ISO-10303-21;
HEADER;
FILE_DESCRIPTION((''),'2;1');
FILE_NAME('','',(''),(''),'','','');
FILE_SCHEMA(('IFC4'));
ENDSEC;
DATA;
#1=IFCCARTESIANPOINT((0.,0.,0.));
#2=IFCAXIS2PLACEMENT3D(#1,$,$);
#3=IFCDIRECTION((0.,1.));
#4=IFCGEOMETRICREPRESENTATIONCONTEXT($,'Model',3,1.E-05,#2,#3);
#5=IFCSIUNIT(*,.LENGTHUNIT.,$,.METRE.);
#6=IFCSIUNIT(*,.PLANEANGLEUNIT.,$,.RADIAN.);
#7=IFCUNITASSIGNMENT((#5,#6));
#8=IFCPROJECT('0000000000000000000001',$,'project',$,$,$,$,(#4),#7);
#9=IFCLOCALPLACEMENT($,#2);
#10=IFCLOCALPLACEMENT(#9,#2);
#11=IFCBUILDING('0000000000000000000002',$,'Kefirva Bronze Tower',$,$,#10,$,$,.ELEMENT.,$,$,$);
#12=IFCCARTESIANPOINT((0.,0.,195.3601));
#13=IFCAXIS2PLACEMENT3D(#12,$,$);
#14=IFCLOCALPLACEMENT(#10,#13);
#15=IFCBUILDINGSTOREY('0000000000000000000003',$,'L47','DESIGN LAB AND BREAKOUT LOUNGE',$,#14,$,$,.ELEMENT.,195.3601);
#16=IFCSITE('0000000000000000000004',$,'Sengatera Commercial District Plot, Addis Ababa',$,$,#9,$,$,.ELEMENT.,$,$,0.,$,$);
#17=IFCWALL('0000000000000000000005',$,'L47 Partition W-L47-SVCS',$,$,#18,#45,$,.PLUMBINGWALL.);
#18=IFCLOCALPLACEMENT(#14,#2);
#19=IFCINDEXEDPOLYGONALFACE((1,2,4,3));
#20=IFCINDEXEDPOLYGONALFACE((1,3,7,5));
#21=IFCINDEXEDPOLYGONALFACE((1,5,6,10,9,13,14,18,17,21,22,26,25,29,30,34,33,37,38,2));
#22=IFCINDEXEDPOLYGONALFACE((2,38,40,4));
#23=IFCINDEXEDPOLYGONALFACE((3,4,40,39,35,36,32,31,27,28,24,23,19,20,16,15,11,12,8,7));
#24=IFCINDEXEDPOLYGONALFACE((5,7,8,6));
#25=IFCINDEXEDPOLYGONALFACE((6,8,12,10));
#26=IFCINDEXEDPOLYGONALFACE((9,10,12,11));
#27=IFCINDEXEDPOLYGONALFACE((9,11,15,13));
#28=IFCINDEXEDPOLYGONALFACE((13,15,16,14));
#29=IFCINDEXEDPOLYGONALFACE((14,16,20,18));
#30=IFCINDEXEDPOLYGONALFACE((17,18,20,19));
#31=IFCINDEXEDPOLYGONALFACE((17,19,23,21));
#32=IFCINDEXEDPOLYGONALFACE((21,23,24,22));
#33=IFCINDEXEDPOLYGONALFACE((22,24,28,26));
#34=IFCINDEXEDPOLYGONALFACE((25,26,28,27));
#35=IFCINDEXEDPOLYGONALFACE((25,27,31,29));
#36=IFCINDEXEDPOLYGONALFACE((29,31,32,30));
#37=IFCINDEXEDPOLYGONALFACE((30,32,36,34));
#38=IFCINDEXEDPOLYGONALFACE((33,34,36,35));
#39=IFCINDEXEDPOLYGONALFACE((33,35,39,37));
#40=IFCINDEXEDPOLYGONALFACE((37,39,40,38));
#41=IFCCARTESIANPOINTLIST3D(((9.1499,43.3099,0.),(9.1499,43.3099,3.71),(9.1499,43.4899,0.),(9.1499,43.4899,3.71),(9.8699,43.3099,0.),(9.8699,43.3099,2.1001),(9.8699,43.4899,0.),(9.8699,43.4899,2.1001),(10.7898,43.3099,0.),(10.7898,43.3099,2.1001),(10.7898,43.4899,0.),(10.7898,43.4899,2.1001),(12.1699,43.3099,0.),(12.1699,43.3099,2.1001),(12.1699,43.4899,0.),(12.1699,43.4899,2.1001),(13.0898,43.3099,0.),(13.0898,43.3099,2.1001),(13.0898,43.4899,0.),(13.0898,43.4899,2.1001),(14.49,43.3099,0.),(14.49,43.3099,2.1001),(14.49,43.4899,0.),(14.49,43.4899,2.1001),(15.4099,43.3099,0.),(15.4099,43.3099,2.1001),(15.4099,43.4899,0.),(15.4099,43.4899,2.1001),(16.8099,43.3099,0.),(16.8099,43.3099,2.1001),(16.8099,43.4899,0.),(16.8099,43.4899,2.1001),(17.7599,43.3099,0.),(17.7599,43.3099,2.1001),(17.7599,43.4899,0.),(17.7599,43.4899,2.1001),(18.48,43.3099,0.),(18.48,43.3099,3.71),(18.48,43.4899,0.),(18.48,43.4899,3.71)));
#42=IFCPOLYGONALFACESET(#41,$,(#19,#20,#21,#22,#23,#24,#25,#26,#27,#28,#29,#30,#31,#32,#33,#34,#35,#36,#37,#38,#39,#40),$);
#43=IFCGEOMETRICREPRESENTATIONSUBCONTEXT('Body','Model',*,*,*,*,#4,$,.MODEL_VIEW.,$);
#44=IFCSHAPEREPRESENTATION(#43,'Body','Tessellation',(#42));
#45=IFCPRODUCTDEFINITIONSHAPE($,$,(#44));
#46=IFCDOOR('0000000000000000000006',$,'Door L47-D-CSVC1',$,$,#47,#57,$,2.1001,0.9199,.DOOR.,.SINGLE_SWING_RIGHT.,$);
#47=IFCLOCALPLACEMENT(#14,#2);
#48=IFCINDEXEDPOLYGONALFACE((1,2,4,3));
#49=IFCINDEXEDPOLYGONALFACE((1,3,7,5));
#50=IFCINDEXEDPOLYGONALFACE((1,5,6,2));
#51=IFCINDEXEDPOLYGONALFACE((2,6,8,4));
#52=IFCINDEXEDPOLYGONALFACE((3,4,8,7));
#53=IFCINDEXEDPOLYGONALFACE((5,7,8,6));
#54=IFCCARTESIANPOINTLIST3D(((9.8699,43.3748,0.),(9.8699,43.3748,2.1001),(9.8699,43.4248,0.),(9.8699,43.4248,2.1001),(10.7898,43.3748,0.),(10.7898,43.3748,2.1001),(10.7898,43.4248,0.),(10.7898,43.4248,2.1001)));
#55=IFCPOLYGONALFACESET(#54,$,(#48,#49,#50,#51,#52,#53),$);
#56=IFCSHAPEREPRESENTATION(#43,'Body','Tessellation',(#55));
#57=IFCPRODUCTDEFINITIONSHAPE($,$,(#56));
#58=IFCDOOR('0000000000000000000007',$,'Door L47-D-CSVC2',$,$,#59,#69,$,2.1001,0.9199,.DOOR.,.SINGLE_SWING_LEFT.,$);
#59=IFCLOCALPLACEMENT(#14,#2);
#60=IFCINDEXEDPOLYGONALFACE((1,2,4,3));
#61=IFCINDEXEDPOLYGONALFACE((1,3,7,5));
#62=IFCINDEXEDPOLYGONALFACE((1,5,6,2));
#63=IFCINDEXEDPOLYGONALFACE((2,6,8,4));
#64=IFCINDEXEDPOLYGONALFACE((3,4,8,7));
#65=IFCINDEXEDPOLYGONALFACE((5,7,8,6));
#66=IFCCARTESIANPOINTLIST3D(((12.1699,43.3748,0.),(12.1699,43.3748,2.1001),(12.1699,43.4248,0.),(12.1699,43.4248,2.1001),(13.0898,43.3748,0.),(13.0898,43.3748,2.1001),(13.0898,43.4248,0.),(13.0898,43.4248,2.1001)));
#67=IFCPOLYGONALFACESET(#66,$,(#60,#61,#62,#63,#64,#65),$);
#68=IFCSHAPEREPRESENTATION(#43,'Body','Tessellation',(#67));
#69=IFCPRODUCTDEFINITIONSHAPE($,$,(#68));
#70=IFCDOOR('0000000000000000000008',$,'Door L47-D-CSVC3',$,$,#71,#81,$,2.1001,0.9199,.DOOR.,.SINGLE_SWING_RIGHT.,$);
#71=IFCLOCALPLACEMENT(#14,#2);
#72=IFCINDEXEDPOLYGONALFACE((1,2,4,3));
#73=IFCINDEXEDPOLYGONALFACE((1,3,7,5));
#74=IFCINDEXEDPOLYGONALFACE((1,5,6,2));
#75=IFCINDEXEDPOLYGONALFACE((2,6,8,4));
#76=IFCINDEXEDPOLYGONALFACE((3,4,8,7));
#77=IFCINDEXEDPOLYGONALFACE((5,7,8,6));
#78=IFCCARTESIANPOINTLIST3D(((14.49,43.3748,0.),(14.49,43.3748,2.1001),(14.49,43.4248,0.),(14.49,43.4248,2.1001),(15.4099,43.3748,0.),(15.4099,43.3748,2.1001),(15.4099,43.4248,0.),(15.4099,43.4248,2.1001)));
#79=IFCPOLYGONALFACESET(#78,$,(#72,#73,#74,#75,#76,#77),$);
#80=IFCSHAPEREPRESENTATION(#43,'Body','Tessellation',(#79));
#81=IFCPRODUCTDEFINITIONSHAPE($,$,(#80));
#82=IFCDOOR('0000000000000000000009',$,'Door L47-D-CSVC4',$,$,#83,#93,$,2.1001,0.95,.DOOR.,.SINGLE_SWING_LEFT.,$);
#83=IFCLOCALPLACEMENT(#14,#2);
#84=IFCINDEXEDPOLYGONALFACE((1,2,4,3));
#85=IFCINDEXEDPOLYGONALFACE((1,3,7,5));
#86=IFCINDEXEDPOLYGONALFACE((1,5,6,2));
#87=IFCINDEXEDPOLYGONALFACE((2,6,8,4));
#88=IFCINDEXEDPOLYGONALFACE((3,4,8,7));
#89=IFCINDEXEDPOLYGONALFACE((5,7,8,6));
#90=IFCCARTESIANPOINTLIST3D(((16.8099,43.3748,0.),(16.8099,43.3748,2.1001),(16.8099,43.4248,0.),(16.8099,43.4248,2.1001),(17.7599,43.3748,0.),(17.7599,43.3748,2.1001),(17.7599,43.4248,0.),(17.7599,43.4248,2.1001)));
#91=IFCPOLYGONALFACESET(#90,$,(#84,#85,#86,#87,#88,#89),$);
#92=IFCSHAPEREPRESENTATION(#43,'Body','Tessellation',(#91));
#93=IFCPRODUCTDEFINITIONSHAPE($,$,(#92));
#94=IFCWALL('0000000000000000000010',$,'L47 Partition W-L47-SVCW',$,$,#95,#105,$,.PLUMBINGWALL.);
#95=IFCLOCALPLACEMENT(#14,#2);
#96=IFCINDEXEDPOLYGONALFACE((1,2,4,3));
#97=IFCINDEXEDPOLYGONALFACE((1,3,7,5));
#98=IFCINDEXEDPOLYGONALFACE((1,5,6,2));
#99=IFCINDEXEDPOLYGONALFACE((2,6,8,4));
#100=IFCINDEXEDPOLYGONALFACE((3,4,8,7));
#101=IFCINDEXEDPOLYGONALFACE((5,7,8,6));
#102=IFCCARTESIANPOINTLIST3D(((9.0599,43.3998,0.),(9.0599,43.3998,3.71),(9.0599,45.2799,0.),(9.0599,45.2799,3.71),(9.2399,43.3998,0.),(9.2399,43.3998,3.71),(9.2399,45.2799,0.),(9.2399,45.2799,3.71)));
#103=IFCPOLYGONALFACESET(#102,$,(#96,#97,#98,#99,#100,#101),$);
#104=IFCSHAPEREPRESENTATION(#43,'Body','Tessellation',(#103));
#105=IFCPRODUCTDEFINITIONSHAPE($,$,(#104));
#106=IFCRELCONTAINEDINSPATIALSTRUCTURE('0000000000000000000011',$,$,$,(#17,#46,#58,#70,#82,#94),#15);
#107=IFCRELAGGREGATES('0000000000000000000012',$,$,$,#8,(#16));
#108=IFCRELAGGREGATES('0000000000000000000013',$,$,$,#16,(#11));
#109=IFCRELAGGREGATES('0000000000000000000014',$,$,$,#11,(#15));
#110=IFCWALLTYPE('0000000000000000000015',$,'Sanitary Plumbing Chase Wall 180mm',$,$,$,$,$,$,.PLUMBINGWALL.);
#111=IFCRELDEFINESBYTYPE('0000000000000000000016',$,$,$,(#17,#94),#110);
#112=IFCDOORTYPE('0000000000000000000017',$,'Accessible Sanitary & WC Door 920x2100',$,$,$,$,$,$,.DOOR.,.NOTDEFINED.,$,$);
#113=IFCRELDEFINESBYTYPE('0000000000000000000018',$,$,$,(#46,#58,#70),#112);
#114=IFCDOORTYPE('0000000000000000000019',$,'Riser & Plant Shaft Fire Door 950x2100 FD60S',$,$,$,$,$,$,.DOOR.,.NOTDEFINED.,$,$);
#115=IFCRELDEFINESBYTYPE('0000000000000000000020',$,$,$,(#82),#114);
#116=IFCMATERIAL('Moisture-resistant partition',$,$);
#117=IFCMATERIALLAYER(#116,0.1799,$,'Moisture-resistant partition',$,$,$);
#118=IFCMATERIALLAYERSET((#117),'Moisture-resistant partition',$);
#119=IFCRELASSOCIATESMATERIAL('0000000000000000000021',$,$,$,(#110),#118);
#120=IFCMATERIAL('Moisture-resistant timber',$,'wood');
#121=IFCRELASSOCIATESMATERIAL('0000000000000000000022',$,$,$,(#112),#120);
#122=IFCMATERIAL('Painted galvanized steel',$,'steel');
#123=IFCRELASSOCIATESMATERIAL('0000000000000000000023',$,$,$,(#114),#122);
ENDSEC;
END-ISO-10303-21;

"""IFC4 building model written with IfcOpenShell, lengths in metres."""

from ifc_helpers import new_model, si_unit, direction, frame, frame_2d, origin, place, context, subcontext, project, spatial, rectangle, extrude, material, layer, layer_set, type_object, element, fill, save


model = new_model("IFC4")

# Units and contexts
model_context = context("Model", 3, precision=1e-05, world=origin(), true_north=direction((0.0, 1.0)))
body_context = subcontext(model_context, "Body", "Model", "MODEL_VIEW")
ifc_project = project(units=[si_unit("LENGTHUNIT", "METRE"), si_unit("PLANEANGLEUNIT", "RADIAN")], contexts=[model_context])

# Site, building, storey
site_placement = place(None, origin())
site = spatial("IfcSite", under=ifc_project, at=site_placement, Name="Sengatera Commercial District Plot, Addis Ababa", CompositionType="ELEMENT", RefElevation=0.0)
building_placement = place(site_placement, origin())
building = spatial("IfcBuilding", under=site, at=building_placement, Name="Kefirva Bronze Tower", CompositionType="ELEMENT")
storey_placement = place(building_placement, frame((0.0, 0.0, 195.3601)))
storey = spatial("IfcBuildingStorey", under=building, at=storey_placement, Name="L47", Description="DESIGN LAB AND BREAKOUT LOUNGE", CompositionType="ELEMENT", Elevation=195.3601)

# Wall, openings, doors
ifc_material_1 = material(Name="Moisture-resistant partition")
ifc_layer_1 = layer(ifc_material_1, 0.1799, Name="Moisture-resistant partition")
ifc_layer_set_1 = layer_set([ifc_layer_1], Name="Moisture-resistant partition")
wall_type_1 = type_object("IfcWallType", Name="Sanitary Plumbing Chase Wall 180mm", PredefinedType="PLUMBINGWALL", material=ifc_layer_set_1)
wall_1_placement = place(storey_placement, frame((9.1499, 43.3999, 0.0), z_axis=(0.0, 0.0, 1.0), x_axis=(1.0, 0.0, 0.0)))
wall_1 = element("IfcWall", 1, at=wall_1_placement, inside=storey, type_object=wall_type_1, Name="L47 Partition W-L47-SVCS", PredefinedType="PLUMBINGWALL", context=body_context, shape_type="SweptSolid", body=[
    extrude(rectangle(XDim=9.3301, YDim=0.1799, at=frame_2d((4.665, 0.0))), origin(), (0.0, 0.0, 1.0), 3.71),
])
opening_1_placement = place(wall_1_placement, frame((0.72, 0.0, 0.0)))
opening_1 = element("IfcOpeningElement", 2, at=opening_1_placement, cuts=wall_1, PredefinedType="OPENING", context=body_context, shape_type="SweptSolid", body=[
    extrude(rectangle(XDim=0.9199, YDim=2.1001, at=frame_2d((0.46, 1.05))), frame((0.0, 0.1001, 0.0), z_axis=(0.0, -1.0, 0.0), x_axis=(1.0, 0.0, 0.0)), (0.0, 0.0, 1.0), 0.2),
])
opening_2_placement = place(wall_1_placement, frame((3.02, 0.0, 0.0)))
opening_2 = element("IfcOpeningElement", 3, at=opening_2_placement, cuts=wall_1, PredefinedType="OPENING", context=body_context, shape_type="SweptSolid", body=[
    extrude(rectangle(XDim=0.9199, YDim=2.1001, at=frame_2d((0.46, 1.05))), frame((0.0, 0.1001, 0.0), z_axis=(0.0, -1.0, 0.0), x_axis=(1.0, 0.0, 0.0)), (0.0, 0.0, 1.0), 0.2),
])
opening_3_placement = place(wall_1_placement, frame((5.3401, 0.0, 0.0)))
opening_3 = element("IfcOpeningElement", 4, at=opening_3_placement, cuts=wall_1, PredefinedType="OPENING", context=body_context, shape_type="SweptSolid", body=[
    extrude(rectangle(XDim=0.9199, YDim=2.1001, at=frame_2d((0.46, 1.05))), frame((0.0, 0.1001, 0.0), z_axis=(0.0, -1.0, 0.0), x_axis=(1.0, 0.0, 0.0)), (0.0, 0.0, 1.0), 0.2),
])
opening_4_placement = place(wall_1_placement, frame((7.6599, 0.0, 0.0)))
opening_4 = element("IfcOpeningElement", 5, at=opening_4_placement, cuts=wall_1, PredefinedType="OPENING", context=body_context, shape_type="SweptSolid", body=[
    extrude(rectangle(XDim=0.95, YDim=2.1001, at=frame_2d((0.4751, 1.05))), frame((0.0, 0.1001, 0.0), z_axis=(0.0, -1.0, 0.0), x_axis=(1.0, 0.0, 0.0)), (0.0, 0.0, 1.0), 0.2),
])
ifc_material_2 = material(Name="Moisture-resistant timber", Category="wood")
door_type_1 = type_object("IfcDoorType", Name="Accessible Sanitary & WC Door 920x2100", OperationType="NOTDEFINED", PredefinedType="DOOR", material=ifc_material_2)
door_1_placement = place(opening_1_placement, origin())
door_1 = element("IfcDoor", 6, at=door_1_placement, inside=storey, type_object=door_type_1, Name="Door L47-D-CSVC1", OperationType="SINGLE_SWING_RIGHT", OverallHeight=2.1001, OverallWidth=0.9199, PredefinedType="DOOR", context=body_context, shape_type="SweptSolid", body=[
    extrude(rectangle(XDim=0.9199, YDim=2.1001, at=frame_2d((0.46, 1.05))), frame((0.0, 0.0249, 0.0), z_axis=(0.0, -1.0, 0.0), x_axis=(1.0, 0.0, 0.0)), (0.0, 0.0, 1.0), 0.05),
])
fill(opening_1, door_1)
door_2_placement = place(opening_2_placement, origin())
door_2 = element("IfcDoor", 7, at=door_2_placement, inside=storey, type_object=door_type_1, Name="Door L47-D-CSVC2", OperationType="SINGLE_SWING_LEFT", OverallHeight=2.1001, OverallWidth=0.9199, PredefinedType="DOOR", context=body_context, shape_type="SweptSolid", body=[
    extrude(rectangle(XDim=0.9199, YDim=2.1001, at=frame_2d((0.46, 1.05))), frame((0.0, 0.0249, 0.0), z_axis=(0.0, -1.0, 0.0), x_axis=(1.0, 0.0, 0.0)), (0.0, 0.0, 1.0), 0.05),
])
fill(opening_2, door_2)
door_3_placement = place(opening_3_placement, origin())
door_3 = element("IfcDoor", 8, at=door_3_placement, inside=storey, type_object=door_type_1, Name="Door L47-D-CSVC3", OperationType="SINGLE_SWING_RIGHT", OverallHeight=2.1001, OverallWidth=0.9199, PredefinedType="DOOR", context=body_context, shape_type="SweptSolid", body=[
    extrude(rectangle(XDim=0.9199, YDim=2.1001, at=frame_2d((0.46, 1.05))), frame((0.0, 0.0249, 0.0), z_axis=(0.0, -1.0, 0.0), x_axis=(1.0, 0.0, 0.0)), (0.0, 0.0, 1.0), 0.05),
])
fill(opening_3, door_3)
ifc_material_3 = material(Name="Painted galvanized steel", Category="steel")
door_type_2 = type_object("IfcDoorType", Name="Riser & Plant Shaft Fire Door 950x2100 FD60S", OperationType="NOTDEFINED", PredefinedType="DOOR", material=ifc_material_3)
door_4_placement = place(opening_4_placement, origin())
door_4 = element("IfcDoor", 9, at=door_4_placement, inside=storey, type_object=door_type_2, Name="Door L47-D-CSVC4", OperationType="SINGLE_SWING_LEFT", OverallHeight=2.1001, OverallWidth=0.95, PredefinedType="DOOR", context=body_context, shape_type="SweptSolid", body=[
    extrude(rectangle(XDim=0.95, YDim=2.1001, at=frame_2d((0.4751, 1.05))), frame((0.0, 0.0249, 0.0), z_axis=(0.0, -1.0, 0.0), x_axis=(1.0, 0.0, 0.0)), (0.0, 0.0, 1.0), 0.05),
])
fill(opening_4, door_4)

# Wall
wall_2_placement = place(storey_placement, frame((9.1499, 43.3999, 0.0), z_axis=(0.0, 0.0, 1.0), x_axis=(0.0, 1.0, 0.0)))
element("IfcWall", 10, at=wall_2_placement, inside=storey, type_object=wall_type_1, Name="L47 Partition W-L47-SVCW", PredefinedType="PLUMBINGWALL", context=body_context, shape_type="SweptSolid", body=[
    extrude(rectangle(XDim=1.8801, YDim=0.1799, at=frame_2d((0.9399, 0.0))), origin(), (0.0, 0.0, 1.0), 3.71),
])

save(model, "model.ifc")
